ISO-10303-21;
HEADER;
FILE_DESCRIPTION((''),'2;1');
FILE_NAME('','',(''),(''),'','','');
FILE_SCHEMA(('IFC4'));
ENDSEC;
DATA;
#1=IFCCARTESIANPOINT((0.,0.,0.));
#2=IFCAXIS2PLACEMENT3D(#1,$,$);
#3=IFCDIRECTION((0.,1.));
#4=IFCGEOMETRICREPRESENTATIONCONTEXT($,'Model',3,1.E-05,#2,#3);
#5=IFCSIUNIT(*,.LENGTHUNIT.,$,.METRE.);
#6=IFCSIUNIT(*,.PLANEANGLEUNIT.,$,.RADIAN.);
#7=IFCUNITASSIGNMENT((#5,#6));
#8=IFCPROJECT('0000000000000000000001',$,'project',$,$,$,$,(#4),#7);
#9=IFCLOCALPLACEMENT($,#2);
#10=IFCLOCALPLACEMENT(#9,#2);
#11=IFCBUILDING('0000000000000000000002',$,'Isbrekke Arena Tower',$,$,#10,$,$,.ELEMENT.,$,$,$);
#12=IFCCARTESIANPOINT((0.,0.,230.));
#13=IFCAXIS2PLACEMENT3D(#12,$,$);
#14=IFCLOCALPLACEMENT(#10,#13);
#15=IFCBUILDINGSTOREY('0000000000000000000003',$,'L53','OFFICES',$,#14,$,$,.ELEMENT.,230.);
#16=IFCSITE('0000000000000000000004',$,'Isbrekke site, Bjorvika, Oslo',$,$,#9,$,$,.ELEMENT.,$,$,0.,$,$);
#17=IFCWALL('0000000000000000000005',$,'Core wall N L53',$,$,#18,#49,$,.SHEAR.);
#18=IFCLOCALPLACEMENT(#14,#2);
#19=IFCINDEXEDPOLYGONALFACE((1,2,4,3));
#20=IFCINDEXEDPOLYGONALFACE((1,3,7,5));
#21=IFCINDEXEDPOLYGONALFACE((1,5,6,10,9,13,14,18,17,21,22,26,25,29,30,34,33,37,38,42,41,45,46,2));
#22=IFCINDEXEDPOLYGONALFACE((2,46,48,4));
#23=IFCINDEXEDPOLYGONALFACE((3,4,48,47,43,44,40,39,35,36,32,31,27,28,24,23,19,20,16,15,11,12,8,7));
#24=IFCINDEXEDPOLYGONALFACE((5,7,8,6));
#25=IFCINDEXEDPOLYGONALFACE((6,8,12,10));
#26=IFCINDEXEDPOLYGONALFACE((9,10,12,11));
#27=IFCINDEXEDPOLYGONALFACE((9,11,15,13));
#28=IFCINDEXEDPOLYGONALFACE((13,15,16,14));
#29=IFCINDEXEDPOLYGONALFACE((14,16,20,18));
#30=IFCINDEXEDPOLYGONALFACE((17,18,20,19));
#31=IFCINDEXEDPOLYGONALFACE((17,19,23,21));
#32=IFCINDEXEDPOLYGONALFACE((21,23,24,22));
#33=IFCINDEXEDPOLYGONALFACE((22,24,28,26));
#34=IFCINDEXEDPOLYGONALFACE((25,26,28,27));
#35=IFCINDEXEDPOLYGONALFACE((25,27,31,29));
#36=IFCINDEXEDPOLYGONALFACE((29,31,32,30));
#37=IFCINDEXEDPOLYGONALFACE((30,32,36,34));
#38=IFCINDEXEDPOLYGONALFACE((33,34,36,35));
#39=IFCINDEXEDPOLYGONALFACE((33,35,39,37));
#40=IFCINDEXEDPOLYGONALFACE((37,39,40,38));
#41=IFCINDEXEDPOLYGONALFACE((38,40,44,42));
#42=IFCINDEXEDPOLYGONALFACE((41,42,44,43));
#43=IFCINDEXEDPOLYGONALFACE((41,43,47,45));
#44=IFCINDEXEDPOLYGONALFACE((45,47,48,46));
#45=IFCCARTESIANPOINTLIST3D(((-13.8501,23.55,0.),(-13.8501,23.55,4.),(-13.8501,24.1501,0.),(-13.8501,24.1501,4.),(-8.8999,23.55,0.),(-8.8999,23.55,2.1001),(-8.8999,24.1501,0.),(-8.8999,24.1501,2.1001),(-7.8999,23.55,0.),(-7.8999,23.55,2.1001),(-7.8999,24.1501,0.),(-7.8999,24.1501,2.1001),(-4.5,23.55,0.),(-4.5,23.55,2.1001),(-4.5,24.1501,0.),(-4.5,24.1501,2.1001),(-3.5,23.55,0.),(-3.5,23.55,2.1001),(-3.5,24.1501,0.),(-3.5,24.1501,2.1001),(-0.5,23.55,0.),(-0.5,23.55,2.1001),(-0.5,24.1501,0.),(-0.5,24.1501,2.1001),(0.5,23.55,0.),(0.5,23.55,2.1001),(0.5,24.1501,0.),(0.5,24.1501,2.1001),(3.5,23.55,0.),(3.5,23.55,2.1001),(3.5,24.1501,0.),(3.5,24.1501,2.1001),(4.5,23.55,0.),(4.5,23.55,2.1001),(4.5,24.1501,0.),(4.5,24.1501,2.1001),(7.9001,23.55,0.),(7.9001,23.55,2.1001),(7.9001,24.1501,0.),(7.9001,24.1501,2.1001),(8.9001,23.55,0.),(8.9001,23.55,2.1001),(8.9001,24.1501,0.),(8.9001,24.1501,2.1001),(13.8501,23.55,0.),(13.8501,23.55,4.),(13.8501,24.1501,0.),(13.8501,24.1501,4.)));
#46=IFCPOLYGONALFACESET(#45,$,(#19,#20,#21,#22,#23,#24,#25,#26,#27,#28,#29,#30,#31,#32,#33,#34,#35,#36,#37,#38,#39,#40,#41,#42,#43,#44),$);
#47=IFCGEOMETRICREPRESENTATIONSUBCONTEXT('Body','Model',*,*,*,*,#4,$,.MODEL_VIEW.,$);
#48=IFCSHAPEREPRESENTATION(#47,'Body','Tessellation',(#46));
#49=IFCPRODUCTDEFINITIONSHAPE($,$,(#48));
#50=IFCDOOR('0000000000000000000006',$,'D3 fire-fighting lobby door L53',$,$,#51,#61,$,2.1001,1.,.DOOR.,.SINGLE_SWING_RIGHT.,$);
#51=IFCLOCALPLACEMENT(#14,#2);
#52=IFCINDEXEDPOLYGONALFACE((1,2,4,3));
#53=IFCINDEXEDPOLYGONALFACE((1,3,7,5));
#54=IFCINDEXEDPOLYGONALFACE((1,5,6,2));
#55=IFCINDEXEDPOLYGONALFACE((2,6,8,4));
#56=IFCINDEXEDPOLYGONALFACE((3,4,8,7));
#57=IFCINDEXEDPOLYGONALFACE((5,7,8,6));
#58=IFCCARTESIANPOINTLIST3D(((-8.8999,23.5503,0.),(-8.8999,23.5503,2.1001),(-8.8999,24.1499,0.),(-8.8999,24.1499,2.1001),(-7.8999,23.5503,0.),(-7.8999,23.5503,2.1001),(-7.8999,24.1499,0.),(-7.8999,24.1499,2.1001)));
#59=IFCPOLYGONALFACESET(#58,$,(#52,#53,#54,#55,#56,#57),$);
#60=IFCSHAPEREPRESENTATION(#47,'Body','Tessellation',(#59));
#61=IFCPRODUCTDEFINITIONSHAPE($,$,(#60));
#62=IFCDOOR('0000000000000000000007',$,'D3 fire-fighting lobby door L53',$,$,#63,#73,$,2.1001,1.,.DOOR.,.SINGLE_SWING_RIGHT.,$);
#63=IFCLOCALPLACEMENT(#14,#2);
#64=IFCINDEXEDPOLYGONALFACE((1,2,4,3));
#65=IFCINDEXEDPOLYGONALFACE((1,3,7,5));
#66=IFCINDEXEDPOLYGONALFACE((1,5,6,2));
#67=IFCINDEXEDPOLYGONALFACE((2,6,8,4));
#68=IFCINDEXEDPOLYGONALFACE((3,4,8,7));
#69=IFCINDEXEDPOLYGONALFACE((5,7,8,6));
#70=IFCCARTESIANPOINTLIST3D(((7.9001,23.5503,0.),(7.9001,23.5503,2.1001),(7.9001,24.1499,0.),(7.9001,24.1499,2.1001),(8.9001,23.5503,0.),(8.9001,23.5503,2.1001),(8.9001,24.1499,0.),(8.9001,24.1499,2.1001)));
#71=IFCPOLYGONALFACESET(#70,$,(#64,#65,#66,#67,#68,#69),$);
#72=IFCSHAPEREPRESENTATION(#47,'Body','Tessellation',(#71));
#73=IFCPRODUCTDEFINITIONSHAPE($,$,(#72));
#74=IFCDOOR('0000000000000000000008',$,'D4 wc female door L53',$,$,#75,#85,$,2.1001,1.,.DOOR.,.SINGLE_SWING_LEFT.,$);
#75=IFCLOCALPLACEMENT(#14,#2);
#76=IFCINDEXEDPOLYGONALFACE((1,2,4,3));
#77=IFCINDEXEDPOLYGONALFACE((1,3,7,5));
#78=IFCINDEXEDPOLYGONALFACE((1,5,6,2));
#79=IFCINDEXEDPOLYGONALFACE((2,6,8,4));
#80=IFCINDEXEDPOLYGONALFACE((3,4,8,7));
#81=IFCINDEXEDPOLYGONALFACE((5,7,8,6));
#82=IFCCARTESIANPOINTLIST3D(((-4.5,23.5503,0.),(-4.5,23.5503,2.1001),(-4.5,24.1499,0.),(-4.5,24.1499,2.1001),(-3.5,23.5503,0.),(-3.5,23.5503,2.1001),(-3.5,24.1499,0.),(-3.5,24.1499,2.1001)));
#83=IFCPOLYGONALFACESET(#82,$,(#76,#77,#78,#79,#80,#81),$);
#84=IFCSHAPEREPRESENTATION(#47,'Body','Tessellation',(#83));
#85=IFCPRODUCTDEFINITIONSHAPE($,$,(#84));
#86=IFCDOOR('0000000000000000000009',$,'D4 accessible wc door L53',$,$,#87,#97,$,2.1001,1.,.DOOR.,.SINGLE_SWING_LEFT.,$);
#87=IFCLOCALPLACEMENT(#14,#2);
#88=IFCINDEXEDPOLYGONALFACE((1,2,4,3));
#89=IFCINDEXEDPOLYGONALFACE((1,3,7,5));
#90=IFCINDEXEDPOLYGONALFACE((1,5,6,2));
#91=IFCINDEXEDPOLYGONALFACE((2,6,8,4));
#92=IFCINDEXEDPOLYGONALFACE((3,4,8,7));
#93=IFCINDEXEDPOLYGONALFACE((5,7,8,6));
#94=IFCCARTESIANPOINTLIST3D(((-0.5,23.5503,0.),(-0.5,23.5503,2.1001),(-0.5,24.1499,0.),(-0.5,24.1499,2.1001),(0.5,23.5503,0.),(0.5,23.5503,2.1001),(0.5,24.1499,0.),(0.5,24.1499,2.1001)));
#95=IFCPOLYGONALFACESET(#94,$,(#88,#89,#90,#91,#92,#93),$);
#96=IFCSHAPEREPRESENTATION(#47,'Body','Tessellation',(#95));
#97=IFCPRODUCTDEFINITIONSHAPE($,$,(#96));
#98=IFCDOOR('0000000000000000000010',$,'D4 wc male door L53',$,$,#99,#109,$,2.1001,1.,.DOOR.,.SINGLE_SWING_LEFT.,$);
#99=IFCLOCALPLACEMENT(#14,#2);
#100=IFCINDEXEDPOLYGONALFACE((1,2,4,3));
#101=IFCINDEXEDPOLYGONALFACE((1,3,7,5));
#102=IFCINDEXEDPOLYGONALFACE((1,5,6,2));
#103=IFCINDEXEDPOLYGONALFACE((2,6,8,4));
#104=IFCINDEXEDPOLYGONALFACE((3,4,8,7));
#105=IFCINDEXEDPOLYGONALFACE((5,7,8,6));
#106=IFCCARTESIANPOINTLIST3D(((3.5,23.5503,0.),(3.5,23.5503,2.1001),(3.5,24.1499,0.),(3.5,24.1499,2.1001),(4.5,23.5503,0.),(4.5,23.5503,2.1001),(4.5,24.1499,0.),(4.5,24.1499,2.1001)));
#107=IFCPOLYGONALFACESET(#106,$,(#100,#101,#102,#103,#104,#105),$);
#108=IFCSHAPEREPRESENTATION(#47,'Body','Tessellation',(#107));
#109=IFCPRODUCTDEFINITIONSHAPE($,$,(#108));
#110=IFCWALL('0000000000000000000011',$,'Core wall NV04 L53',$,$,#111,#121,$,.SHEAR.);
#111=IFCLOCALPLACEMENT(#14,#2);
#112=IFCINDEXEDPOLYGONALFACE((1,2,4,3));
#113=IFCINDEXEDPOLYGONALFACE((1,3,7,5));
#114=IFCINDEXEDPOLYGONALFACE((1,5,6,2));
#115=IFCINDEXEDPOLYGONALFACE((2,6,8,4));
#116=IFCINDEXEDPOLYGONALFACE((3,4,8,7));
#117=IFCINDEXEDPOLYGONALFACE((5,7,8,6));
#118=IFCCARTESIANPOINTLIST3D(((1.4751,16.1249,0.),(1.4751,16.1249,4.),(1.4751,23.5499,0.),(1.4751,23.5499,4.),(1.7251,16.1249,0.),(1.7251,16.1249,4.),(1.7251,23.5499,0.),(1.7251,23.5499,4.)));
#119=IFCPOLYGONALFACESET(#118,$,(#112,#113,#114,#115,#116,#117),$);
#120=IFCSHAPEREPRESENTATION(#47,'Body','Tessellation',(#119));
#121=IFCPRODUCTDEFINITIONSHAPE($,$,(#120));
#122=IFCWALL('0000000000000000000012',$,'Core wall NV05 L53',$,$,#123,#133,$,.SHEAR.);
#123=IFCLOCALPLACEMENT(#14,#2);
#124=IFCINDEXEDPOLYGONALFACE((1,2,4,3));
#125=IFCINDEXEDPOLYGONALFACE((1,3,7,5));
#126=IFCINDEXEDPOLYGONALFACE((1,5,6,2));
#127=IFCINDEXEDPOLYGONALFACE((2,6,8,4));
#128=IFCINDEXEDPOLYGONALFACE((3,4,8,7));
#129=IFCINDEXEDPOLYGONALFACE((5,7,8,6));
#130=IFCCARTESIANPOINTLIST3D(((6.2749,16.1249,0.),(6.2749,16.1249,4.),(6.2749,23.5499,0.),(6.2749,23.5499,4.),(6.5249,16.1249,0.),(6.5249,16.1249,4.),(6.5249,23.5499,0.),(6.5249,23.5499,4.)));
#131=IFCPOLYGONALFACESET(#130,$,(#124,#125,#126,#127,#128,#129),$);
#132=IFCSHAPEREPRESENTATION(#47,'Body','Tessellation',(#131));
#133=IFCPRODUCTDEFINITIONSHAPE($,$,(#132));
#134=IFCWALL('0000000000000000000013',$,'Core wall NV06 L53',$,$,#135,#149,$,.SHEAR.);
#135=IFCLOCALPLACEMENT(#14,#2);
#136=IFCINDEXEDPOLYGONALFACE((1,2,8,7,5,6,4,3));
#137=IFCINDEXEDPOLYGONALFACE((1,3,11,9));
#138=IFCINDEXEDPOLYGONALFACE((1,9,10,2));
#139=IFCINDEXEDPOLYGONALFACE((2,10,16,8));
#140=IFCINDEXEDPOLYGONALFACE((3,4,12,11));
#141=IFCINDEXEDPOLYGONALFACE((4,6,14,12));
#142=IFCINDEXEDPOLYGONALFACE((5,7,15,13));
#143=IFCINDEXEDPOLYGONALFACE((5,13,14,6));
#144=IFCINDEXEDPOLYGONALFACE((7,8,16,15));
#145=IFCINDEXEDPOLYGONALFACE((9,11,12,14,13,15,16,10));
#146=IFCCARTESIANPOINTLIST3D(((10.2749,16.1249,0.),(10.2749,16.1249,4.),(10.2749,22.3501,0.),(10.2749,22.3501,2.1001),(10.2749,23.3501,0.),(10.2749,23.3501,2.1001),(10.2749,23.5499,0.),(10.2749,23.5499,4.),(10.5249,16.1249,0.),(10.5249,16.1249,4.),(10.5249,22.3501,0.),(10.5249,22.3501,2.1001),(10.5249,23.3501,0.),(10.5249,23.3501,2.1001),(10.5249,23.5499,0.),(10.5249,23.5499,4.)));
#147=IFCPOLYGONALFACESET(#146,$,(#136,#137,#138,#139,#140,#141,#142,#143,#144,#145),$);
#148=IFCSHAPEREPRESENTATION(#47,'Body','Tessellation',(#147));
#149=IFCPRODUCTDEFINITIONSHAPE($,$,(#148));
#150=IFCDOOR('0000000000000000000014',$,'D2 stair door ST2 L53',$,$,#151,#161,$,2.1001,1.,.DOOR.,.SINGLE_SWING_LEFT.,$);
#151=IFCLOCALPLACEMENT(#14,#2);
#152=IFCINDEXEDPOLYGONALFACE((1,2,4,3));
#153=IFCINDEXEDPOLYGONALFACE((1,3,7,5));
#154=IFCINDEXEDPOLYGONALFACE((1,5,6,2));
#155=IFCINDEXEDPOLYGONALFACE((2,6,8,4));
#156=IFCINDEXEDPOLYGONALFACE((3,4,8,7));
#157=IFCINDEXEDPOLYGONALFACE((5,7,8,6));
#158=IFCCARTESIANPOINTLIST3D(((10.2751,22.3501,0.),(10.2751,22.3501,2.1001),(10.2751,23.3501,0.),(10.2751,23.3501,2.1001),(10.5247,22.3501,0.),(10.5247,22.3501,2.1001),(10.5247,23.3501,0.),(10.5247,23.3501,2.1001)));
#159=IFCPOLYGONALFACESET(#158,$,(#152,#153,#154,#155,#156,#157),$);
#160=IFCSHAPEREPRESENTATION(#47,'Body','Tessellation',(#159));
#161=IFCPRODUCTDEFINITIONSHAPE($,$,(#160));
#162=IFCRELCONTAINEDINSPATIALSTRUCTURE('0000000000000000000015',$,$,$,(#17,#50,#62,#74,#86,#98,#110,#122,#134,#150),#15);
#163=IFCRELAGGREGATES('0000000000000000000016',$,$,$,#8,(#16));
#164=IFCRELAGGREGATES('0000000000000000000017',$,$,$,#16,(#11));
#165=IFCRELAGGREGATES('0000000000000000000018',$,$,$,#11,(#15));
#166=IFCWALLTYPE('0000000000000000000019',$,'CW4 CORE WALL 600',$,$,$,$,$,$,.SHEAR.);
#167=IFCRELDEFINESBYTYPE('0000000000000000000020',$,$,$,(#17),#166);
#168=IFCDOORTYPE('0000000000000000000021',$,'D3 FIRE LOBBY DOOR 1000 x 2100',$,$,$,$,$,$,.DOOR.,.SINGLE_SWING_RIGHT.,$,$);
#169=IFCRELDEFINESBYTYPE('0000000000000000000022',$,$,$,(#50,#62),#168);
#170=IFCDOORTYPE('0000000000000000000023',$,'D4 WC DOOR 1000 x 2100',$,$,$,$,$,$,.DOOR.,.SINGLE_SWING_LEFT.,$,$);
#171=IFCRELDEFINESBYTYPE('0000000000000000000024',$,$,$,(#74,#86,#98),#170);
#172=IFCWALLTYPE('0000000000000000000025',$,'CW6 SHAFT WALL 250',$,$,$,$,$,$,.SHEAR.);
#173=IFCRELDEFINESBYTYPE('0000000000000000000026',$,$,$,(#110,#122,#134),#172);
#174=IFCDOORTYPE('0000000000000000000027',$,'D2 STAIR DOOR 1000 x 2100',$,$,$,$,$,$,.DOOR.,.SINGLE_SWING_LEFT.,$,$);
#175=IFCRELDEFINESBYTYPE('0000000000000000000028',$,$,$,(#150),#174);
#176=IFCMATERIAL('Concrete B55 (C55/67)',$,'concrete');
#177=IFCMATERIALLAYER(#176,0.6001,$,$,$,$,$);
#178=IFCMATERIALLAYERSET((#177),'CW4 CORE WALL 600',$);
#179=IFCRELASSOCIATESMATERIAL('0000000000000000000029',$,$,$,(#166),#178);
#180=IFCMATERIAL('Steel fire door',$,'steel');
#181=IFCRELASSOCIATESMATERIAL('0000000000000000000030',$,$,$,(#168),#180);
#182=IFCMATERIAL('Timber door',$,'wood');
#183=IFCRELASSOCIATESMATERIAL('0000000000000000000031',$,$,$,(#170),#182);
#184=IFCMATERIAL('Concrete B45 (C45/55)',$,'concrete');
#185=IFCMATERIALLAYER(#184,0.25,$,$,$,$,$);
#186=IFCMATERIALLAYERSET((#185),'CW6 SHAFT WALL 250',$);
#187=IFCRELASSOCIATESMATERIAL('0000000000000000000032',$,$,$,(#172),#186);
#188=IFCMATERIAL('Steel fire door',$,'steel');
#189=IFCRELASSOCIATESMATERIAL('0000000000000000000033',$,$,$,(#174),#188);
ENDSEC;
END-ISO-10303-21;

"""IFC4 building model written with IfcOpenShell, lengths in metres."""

from ifc_helpers import new_model, si_unit, direction, frame, frame_2d, origin, place, context, subcontext, project, spatial, rectangle, extrude, material, layer, layer_set, type_object, element, fill, save


model = new_model("IFC4")

# Units and contexts
model_context = context("Model", 3, precision=1e-05, world=origin(), true_north=direction((0.0, 1.0)))
body_context = subcontext(model_context, "Body", "Model", "MODEL_VIEW")
ifc_project = project(units=[si_unit("LENGTHUNIT", "METRE"), si_unit("PLANEANGLEUNIT", "RADIAN")], contexts=[model_context])

# Site, building, storey
site_placement = place(None, origin())
site = spatial("IfcSite", under=ifc_project, at=site_placement, Name="Isbrekke site, Bjorvika, Oslo", CompositionType="ELEMENT", RefElevation=0.0)
building_placement = place(site_placement, origin())
building = spatial("IfcBuilding", under=site, at=building_placement, Name="Isbrekke Arena Tower", CompositionType="ELEMENT")
storey_placement = place(building_placement, frame((0.0, 0.0, 230.0)))
storey = spatial("IfcBuildingStorey", under=building, at=storey_placement, Name="L53", Description="OFFICES", CompositionType="ELEMENT", Elevation=230.0)

# Wall, openings, doors
ifc_material_1 = material(Name="Concrete B55 (C55/67)", Category="concrete")
ifc_layer_1 = layer(ifc_material_1, 0.6001)
ifc_layer_set_1 = layer_set([ifc_layer_1], Name="CW4 CORE WALL 600")
wall_type_1 = type_object("IfcWallType", Name="CW4 CORE WALL 600", PredefinedType="SHEAR", material=ifc_layer_set_1)
wall_1_placement = place(storey_placement, frame((13.8501, 23.8501, 0.0), z_axis=(0.0, 0.0, 1.0), x_axis=(-1.0, 0.0, 0.0)))
wall_1 = element("IfcWall", 1, at=wall_1_placement, inside=storey, type_object=wall_type_1, Name="Core wall N L53", PredefinedType="SHEAR", context=body_context, shape_type="SweptSolid", body=[
    extrude(rectangle(XDim=27.7002, YDim=0.6001, at=frame_2d((13.8501, 0.0))), origin(), (0.0, 0.0, 1.0), 4.0),
])
opening_1_placement = place(wall_1_placement, frame((21.75, 0.0, 0.0)))
opening_1 = element("IfcOpeningElement", 2, at=opening_1_placement, cuts=wall_1, PredefinedType="OPENING", context=body_context, shape_type="SweptSolid", body=[
    extrude(rectangle(XDim=1.0, YDim=2.1001, at=frame_2d((0.5, 1.05))), frame((0.0, 0.3149, 0.0), z_axis=(0.0, -1.0, 0.0), x_axis=(1.0, 0.0, 0.0)), (0.0, 0.0, 1.0), 0.6299),
])
opening_2_placement = place(wall_1_placement, frame((4.95, 0.0, 0.0)))
opening_2 = element("IfcOpeningElement", 3, at=opening_2_placement, cuts=wall_1, PredefinedType="OPENING", context=body_context, shape_type="SweptSolid", body=[
    extrude(rectangle(XDim=1.0, YDim=2.1001, at=frame_2d((0.5, 1.05))), frame((0.0, 0.3149, 0.0), z_axis=(0.0, -1.0, 0.0), x_axis=(1.0, 0.0, 0.0)), (0.0, 0.0, 1.0), 0.6299),
])
opening_3_placement = place(wall_1_placement, frame((17.3501, 0.0, 0.0)))
opening_3 = element("IfcOpeningElement", 4, at=opening_3_placement, cuts=wall_1, PredefinedType="OPENING", context=body_context, shape_type="SweptSolid", body=[
    extrude(rectangle(XDim=1.0, YDim=2.1001, at=frame_2d((0.5, 1.05))), frame((0.0, 0.3149, 0.0), z_axis=(0.0, -1.0, 0.0), x_axis=(1.0, 0.0, 0.0)), (0.0, 0.0, 1.0), 0.6299),
])
opening_4_placement = place(wall_1_placement, frame((13.3501, 0.0, 0.0)))
opening_4 = element("IfcOpeningElement", 5, at=opening_4_placement, cuts=wall_1, PredefinedType="OPENING", context=body_context, shape_type="SweptSolid", body=[
    extrude(rectangle(XDim=1.0, YDim=2.1001, at=frame_2d((0.5, 1.05))), frame((0.0, 0.3149, 0.0), z_axis=(0.0, -1.0, 0.0), x_axis=(1.0, 0.0, 0.0)), (0.0, 0.0, 1.0), 0.6299),
])
opening_5_placement = place(wall_1_placement, frame((9.3501, 0.0, 0.0)))
opening_5 = element("IfcOpeningElement", 6, at=opening_5_placement, cuts=wall_1, PredefinedType="OPENING", context=body_context, shape_type="SweptSolid", body=[
    extrude(rectangle(XDim=1.0, YDim=2.1001, at=frame_2d((0.5, 1.05))), frame((0.0, 0.3149, 0.0), z_axis=(0.0, -1.0, 0.0), x_axis=(1.0, 0.0, 0.0)), (0.0, 0.0, 1.0), 0.6299),
])
ifc_material_2 = material(Name="Steel fire door", Category="steel")
door_type_1 = type_object("IfcDoorType", Name="D3 FIRE LOBBY DOOR 1000 x 2100", OperationType="SINGLE_SWING_RIGHT", PredefinedType="DOOR", material=ifc_material_2)
door_1_placement = place(opening_1_placement, origin())
door_1 = element("IfcDoor", 7, at=door_1_placement, inside=storey, type_object=door_type_1, Name="D3 fire-fighting lobby door L53", OperationType="SINGLE_SWING_RIGHT", OverallHeight=2.1001, OverallWidth=1.0, PredefinedType="DOOR", context=body_context, shape_type="SweptSolid", body=[
    extrude(rectangle(XDim=1.0, YDim=2.1001, at=frame_2d((0.5, 1.05))), frame((0.0, 0.2998, 0.0), z_axis=(0.0, -1.0, 0.0), x_axis=(1.0, 0.0, 0.0)), (0.0, 0.0, 1.0), 0.5996),
])
fill(opening_1, door_1)
door_2_placement = place(opening_2_placement, origin())
door_2 = element("IfcDoor", 8, at=door_2_placement, inside=storey, type_object=door_type_1, Name="D3 fire-fighting lobby door L53", OperationType="SINGLE_SWING_RIGHT", OverallHeight=2.1001, OverallWidth=1.0, PredefinedType="DOOR", context=body_context, shape_type="SweptSolid", body=[
    extrude(rectangle(XDim=1.0, YDim=2.1001, at=frame_2d((0.5, 1.05))), frame((0.0, 0.2998, 0.0), z_axis=(0.0, -1.0, 0.0), x_axis=(1.0, 0.0, 0.0)), (0.0, 0.0, 1.0), 0.5996),
])
fill(opening_2, door_2)
ifc_material_3 = material(Name="Timber door", Category="wood")
door_type_2 = type_object("IfcDoorType", Name="D4 WC DOOR 1000 x 2100", OperationType="SINGLE_SWING_LEFT", PredefinedType="DOOR", material=ifc_material_3)
door_3_placement = place(opening_3_placement, origin())
door_3 = element("IfcDoor", 9, at=door_3_placement, inside=storey, type_object=door_type_2, Name="D4 wc female door L53", OperationType="SINGLE_SWING_LEFT", OverallHeight=2.1001, OverallWidth=1.0, PredefinedType="DOOR", context=body_context, shape_type="SweptSolid", body=[
    extrude(rectangle(XDim=1.0, YDim=2.1001, at=frame_2d((0.5, 1.05))), frame((0.0, 0.2998, 0.0), z_axis=(0.0, -1.0, 0.0), x_axis=(1.0, 0.0, 0.0)), (0.0, 0.0, 1.0), 0.5996),
])
fill(opening_3, door_3)
door_4_placement = place(opening_4_placement, origin())
door_4 = element("IfcDoor", 10, at=door_4_placement, inside=storey, type_object=door_type_2, Name="D4 accessible wc door L53", OperationType="SINGLE_SWING_LEFT", OverallHeight=2.1001, OverallWidth=1.0, PredefinedType="DOOR", context=body_context, shape_type="SweptSolid", body=[
    extrude(rectangle(XDim=1.0, YDim=2.1001, at=frame_2d((0.5, 1.05))), frame((0.0, 0.2998, 0.0), z_axis=(0.0, -1.0, 0.0), x_axis=(1.0, 0.0, 0.0)), (0.0, 0.0, 1.0), 0.5996),
])
fill(opening_4, door_4)
door_5_placement = place(opening_5_placement, origin())
door_5 = element("IfcDoor", 11, at=door_5_placement, inside=storey, type_object=door_type_2, Name="D4 wc male door L53", OperationType="SINGLE_SWING_LEFT", OverallHeight=2.1001, OverallWidth=1.0, PredefinedType="DOOR", context=body_context, shape_type="SweptSolid", body=[
    extrude(rectangle(XDim=1.0, YDim=2.1001, at=frame_2d((0.5, 1.05))), frame((0.0, 0.2998, 0.0), z_axis=(0.0, -1.0, 0.0), x_axis=(1.0, 0.0, 0.0)), (0.0, 0.0, 1.0), 0.5996),
])
fill(opening_5, door_5)

# Walls
ifc_material_4 = material(Name="Concrete B45 (C45/55)", Category="concrete")
ifc_layer_2 = layer(ifc_material_4, 0.25)
ifc_layer_set_2 = layer_set([ifc_layer_2], Name="CW6 SHAFT WALL 250")
wall_type_2 = type_object("IfcWallType", Name="CW6 SHAFT WALL 250", PredefinedType="SHEAR", material=ifc_layer_set_2)
for number, where, z_axis, x_axis, name in (
    (12, (1.6001, 16.125, 0.0), (0.0, 0.0, 1.0), (0.0, 1.0, 0.0), "Core wall NV04 L53"),
    (13, (6.3999, 16.125, 0.0), (0.0, 0.0, 1.0), (0.0, 1.0, 0.0), "Core wall NV05 L53"),
):
    element("IfcWall", number, at=place(storey_placement, frame(where, z_axis=z_axis, x_axis=x_axis)), inside=storey, type_object=wall_type_2, Name=name, PredefinedType="SHEAR", context=body_context, shape_type="SweptSolid", body=[
        extrude(rectangle(XDim=7.425, YDim=0.25, at=frame_2d((3.7124, 0.0))), origin(), (0.0, 0.0, 1.0), 4.0),
    ])

# Wall, opening, door
wall_2_placement = place(storey_placement, frame((10.3999, 16.125, 0.0), z_axis=(0.0, 0.0, 1.0), x_axis=(0.0, 1.0, 0.0)))
wall_2 = element("IfcWall", 14, at=wall_2_placement, inside=storey, type_object=wall_type_2, Name="Core wall NV06 L53", PredefinedType="SHEAR", context=body_context, shape_type="SweptSolid", body=[
    extrude(rectangle(XDim=7.425, YDim=0.25, at=frame_2d((3.7124, 0.0))), origin(), (0.0, 0.0, 1.0), 4.0),
])
opening_6_placement = place(wall_2_placement, frame((6.2251, 0.0, 0.0)))
opening_6 = element("IfcOpeningElement", 15, at=opening_6_placement, cuts=wall_2, PredefinedType="OPENING", context=body_context, shape_type="SweptSolid", body=[
    extrude(rectangle(XDim=1.0, YDim=2.1001, at=frame_2d((0.5, 1.05))), frame((0.0, 0.1399, 0.0), z_axis=(0.0, -1.0, 0.0), x_axis=(1.0, 0.0, 0.0)), (0.0, 0.0, 1.0), 0.2798),
])
ifc_material_5 = material(Name="Steel fire door", Category="steel")
door_type_3 = type_object("IfcDoorType", Name="D2 STAIR DOOR 1000 x 2100", OperationType="SINGLE_SWING_LEFT", PredefinedType="DOOR", material=ifc_material_5)
door_6_placement = place(opening_6_placement, origin())
door_6 = element("IfcDoor", 16, at=door_6_placement, inside=storey, type_object=door_type_3, Name="D2 stair door ST2 L53", OperationType="SINGLE_SWING_LEFT", OverallHeight=2.1001, OverallWidth=1.0, PredefinedType="DOOR", context=body_context, shape_type="SweptSolid", body=[
    extrude(rectangle(XDim=1.0, YDim=2.1001, at=frame_2d((0.5, 1.05))), frame((0.0, 0.1248, 0.0), z_axis=(0.0, -1.0, 0.0), x_axis=(1.0, 0.0, 0.0)), (0.0, 0.0, 1.0), 0.2495),
])
fill(opening_6, door_6)

save(model, "model.ifc")
